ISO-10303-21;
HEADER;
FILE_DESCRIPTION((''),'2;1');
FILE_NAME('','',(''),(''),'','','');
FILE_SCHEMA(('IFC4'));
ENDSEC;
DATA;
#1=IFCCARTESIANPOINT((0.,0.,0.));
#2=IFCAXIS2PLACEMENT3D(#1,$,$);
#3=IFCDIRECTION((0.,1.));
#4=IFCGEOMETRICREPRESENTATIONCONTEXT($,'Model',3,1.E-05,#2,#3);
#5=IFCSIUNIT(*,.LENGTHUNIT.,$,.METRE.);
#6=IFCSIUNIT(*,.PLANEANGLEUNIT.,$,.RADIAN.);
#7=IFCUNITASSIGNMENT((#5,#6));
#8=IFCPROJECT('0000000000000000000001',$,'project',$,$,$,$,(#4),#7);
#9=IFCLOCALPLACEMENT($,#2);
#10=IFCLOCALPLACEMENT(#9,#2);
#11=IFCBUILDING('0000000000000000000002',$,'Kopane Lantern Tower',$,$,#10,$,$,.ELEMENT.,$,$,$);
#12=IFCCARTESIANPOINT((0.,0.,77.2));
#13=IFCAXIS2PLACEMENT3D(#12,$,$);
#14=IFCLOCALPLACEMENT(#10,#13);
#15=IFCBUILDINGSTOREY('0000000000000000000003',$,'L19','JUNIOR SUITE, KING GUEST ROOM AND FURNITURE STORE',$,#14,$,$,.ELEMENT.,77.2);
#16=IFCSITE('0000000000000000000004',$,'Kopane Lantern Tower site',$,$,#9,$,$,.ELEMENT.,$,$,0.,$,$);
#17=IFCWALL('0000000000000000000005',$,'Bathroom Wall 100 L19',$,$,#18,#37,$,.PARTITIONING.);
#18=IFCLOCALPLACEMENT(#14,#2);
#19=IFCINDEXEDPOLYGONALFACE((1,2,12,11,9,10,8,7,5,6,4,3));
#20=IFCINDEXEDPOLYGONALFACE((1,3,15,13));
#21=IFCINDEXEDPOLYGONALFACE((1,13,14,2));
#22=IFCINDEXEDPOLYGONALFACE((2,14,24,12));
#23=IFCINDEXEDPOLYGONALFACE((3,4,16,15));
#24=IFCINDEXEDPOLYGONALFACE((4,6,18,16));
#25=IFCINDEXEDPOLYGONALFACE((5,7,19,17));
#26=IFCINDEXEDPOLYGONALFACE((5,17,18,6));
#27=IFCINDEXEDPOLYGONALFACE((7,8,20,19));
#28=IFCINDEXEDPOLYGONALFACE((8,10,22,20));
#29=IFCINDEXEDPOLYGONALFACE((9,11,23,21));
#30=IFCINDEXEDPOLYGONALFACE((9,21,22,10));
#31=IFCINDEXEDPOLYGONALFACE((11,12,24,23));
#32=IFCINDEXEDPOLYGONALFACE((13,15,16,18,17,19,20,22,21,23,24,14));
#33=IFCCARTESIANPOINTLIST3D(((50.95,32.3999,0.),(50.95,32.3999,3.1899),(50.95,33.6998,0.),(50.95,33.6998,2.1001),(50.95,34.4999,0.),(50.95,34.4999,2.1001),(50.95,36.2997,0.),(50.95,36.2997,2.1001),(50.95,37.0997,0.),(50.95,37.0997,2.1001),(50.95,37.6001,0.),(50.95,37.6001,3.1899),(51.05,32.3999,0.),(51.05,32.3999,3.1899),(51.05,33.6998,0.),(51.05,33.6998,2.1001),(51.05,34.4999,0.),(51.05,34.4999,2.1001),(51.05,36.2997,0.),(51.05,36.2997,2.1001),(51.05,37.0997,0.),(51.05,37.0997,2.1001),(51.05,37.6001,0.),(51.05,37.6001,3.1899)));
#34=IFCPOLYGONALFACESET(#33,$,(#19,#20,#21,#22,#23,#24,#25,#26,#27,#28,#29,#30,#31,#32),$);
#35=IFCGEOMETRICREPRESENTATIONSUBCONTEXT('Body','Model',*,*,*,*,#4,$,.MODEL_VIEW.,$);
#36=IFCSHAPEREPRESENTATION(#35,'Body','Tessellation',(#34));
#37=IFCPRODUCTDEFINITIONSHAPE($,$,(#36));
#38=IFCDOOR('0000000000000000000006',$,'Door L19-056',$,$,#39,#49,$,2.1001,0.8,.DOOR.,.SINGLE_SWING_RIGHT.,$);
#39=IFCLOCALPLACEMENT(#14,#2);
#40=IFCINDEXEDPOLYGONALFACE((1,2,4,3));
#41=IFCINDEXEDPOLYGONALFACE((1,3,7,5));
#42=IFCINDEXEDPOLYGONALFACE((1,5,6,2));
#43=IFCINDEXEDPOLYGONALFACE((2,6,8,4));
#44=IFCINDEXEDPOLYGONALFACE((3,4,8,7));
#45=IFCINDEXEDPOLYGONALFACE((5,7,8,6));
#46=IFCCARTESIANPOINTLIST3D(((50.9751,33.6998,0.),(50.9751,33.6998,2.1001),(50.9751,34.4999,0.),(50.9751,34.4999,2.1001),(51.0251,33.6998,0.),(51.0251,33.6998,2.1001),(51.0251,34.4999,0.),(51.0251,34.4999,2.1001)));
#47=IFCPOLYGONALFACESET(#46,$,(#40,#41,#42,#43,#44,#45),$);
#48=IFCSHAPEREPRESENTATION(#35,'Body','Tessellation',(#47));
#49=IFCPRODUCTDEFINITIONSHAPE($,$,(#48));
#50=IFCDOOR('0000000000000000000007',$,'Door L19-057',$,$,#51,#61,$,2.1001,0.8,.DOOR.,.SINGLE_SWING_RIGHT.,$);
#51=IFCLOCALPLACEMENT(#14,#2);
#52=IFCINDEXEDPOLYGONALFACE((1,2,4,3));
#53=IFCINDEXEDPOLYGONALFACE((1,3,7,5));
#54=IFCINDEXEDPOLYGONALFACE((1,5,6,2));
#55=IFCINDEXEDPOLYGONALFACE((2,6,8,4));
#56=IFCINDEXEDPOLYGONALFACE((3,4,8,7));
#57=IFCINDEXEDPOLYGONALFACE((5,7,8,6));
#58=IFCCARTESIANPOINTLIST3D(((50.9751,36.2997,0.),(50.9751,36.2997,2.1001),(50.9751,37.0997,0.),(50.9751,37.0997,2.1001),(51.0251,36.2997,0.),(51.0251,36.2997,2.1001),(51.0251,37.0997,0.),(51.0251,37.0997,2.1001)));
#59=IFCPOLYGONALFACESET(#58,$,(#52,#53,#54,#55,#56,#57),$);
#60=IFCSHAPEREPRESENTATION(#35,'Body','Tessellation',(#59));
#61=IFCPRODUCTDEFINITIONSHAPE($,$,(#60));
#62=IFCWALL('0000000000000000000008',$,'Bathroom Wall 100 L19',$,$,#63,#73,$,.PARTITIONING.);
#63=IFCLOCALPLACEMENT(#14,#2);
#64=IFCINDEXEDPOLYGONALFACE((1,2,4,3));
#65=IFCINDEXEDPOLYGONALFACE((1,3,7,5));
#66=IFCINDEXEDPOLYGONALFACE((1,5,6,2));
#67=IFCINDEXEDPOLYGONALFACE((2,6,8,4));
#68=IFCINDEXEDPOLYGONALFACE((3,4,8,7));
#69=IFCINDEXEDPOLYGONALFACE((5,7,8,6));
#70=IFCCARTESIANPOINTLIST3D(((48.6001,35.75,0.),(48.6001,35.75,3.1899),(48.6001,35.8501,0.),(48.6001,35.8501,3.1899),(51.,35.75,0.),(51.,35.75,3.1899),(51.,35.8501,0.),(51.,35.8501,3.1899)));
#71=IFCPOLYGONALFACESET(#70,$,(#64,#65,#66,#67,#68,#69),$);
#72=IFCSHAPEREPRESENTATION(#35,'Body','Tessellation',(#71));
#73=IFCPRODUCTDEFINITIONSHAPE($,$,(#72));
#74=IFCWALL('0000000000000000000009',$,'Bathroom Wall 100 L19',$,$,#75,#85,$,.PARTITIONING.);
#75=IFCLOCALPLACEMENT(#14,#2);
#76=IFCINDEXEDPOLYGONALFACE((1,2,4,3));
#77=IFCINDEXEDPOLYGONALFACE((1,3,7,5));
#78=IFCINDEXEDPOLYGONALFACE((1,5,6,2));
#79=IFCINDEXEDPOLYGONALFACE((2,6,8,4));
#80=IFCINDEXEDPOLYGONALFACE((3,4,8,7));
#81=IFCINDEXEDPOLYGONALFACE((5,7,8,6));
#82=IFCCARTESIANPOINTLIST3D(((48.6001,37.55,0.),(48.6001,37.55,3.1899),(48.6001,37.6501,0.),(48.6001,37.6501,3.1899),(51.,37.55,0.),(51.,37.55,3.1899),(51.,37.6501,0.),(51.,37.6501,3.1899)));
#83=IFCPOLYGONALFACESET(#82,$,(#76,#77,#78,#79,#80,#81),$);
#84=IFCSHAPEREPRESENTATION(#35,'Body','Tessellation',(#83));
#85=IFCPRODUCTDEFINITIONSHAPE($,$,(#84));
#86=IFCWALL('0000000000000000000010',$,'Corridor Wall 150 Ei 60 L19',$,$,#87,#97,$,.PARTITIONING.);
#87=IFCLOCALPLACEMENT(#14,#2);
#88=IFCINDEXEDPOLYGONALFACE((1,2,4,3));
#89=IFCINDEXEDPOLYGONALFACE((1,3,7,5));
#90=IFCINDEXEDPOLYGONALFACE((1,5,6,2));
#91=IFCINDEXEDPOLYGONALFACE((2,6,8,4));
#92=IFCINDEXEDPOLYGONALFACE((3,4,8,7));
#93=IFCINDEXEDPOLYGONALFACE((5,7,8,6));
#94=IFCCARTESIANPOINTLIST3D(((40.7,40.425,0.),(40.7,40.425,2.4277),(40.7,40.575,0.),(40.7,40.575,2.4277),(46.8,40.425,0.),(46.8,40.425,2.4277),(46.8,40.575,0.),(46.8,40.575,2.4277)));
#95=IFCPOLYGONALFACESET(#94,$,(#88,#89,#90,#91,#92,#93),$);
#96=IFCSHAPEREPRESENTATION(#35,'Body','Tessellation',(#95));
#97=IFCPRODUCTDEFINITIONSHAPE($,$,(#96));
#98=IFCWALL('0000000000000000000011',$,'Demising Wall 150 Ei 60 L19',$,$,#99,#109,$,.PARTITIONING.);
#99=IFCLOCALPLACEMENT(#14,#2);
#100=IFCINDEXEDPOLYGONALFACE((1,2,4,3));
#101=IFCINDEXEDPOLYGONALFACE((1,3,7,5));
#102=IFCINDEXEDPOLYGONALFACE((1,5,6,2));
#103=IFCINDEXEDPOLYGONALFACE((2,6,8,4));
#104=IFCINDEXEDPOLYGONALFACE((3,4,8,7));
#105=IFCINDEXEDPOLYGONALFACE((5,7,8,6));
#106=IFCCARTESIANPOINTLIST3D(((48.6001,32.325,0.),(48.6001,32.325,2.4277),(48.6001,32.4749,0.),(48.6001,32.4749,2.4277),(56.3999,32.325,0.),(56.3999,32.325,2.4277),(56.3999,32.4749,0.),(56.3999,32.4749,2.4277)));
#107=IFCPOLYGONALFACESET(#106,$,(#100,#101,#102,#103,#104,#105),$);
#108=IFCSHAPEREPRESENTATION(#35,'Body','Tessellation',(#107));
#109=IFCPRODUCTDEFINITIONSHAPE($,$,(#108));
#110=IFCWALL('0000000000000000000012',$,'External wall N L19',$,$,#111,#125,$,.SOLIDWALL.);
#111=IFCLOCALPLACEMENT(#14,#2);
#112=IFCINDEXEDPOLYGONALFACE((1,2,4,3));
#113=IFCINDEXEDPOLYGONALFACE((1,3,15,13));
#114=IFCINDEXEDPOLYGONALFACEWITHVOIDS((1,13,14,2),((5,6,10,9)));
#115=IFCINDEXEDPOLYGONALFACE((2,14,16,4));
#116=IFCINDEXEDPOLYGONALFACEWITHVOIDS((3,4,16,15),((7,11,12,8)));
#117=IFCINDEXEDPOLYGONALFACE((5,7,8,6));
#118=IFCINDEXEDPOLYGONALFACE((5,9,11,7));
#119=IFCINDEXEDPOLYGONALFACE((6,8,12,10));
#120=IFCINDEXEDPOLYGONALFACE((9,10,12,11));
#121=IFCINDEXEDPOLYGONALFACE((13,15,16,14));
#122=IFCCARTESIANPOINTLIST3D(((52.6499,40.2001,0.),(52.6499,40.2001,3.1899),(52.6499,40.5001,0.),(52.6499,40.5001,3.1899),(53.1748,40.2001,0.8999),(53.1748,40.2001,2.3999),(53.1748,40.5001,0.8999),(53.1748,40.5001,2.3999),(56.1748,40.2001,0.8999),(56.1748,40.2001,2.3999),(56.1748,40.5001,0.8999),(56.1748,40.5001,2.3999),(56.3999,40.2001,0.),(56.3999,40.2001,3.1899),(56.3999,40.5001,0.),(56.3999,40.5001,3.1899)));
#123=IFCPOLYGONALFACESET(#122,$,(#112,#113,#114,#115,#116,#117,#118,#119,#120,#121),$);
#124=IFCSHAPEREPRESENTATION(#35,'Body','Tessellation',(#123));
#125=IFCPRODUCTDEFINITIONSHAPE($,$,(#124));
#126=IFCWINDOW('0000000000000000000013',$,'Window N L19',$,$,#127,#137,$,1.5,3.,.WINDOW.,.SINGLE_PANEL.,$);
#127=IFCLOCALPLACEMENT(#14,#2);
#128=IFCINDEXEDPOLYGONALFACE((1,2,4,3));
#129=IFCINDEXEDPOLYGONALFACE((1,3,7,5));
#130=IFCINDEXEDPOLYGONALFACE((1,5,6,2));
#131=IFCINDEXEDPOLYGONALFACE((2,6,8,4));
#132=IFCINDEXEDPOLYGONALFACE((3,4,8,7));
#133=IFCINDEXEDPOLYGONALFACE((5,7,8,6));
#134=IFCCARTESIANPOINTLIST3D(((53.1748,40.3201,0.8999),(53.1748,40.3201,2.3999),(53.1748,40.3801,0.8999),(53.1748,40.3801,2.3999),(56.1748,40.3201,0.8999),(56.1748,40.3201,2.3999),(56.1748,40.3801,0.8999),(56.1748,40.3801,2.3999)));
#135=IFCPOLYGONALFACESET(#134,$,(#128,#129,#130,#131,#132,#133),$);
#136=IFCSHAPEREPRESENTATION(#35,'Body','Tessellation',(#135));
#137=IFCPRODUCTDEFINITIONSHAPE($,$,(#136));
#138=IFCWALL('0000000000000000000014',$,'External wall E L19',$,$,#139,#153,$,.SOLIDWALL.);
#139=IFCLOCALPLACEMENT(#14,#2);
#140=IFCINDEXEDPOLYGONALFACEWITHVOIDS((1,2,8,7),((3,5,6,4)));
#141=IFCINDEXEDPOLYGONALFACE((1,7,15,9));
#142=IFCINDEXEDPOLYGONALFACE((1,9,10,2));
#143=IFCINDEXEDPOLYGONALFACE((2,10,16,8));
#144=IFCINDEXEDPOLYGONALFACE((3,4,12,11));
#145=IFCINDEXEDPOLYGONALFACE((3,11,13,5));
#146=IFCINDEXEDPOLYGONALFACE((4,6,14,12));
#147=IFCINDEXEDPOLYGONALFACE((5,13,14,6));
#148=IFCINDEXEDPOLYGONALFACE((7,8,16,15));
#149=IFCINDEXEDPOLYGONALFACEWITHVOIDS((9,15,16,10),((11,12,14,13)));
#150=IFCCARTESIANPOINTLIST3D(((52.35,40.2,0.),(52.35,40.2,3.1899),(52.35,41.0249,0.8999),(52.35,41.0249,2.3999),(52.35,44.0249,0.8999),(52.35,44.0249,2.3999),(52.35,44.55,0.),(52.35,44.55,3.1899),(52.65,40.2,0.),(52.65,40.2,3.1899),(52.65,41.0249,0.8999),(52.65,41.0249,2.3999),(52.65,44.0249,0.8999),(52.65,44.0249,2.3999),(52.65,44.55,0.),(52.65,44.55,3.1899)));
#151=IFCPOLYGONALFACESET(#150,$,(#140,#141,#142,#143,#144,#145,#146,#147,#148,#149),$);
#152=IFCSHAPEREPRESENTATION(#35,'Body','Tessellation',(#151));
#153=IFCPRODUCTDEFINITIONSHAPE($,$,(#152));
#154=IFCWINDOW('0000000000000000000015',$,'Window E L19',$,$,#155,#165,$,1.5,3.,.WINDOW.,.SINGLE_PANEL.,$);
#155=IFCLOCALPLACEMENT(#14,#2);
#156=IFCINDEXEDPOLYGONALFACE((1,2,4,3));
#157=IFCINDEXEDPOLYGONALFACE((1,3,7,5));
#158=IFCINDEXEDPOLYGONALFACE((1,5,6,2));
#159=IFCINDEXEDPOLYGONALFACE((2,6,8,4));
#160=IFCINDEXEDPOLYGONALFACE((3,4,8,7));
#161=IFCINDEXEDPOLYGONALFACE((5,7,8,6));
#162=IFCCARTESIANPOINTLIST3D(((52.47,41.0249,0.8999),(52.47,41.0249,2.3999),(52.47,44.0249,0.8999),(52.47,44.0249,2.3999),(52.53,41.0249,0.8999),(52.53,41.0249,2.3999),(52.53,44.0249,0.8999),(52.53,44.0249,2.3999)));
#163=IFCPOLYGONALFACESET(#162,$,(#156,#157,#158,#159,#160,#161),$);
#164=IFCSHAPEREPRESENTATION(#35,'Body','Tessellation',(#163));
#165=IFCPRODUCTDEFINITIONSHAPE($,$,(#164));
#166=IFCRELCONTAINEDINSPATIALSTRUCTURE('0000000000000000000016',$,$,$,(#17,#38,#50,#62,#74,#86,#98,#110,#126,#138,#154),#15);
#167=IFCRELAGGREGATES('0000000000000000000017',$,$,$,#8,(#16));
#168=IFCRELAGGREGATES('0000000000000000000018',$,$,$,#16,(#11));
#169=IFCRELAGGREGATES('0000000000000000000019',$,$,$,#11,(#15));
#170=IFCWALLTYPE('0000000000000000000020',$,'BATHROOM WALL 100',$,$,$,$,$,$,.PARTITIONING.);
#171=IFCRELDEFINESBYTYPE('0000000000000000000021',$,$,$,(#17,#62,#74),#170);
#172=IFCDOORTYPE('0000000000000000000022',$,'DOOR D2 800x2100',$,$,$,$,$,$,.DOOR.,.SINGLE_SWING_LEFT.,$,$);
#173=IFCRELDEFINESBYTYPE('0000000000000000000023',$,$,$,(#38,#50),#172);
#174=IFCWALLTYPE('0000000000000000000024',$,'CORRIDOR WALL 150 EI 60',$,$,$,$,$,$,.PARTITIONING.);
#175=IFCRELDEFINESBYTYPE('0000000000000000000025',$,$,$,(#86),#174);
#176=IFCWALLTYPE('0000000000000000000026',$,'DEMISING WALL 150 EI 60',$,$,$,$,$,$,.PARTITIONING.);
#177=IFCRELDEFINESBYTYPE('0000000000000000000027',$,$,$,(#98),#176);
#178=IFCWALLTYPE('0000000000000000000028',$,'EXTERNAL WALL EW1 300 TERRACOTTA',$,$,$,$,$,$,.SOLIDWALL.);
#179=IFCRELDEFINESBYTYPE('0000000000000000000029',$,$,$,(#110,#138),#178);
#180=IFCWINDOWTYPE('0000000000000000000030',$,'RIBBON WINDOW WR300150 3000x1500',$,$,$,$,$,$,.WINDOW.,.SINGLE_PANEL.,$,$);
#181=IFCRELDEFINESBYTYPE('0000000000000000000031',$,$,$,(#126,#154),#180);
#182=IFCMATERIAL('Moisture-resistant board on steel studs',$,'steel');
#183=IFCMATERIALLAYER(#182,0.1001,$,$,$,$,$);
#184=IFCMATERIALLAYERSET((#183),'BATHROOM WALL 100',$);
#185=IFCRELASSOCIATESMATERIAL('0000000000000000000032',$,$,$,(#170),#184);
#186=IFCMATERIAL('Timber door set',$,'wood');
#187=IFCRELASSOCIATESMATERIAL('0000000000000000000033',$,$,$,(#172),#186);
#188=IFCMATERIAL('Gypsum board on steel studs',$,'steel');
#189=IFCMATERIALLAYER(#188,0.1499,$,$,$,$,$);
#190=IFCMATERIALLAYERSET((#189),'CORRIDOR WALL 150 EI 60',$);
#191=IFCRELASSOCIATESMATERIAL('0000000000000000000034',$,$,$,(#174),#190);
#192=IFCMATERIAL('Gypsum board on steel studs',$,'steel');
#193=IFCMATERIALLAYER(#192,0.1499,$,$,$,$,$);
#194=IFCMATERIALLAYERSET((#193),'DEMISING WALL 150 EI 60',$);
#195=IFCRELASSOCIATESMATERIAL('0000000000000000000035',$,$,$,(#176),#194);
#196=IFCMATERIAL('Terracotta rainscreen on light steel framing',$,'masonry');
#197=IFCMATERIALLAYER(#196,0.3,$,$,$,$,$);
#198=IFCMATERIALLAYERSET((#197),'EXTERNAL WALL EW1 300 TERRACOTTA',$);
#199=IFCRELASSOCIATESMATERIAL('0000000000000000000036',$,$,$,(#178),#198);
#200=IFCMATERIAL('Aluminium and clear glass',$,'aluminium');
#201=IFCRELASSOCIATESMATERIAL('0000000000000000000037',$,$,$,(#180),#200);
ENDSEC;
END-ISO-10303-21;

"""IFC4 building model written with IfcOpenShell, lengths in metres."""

from ifc_helpers import new_model, si_unit, direction, frame, frame_2d, origin, place, context, subcontext, project, spatial, rectangle, extrude, material, layer, layer_set, type_object, element, fill, save


model = new_model("IFC4")

# Units and contexts
model_context = context("Model", 3, precision=1e-05, world=origin(), true_north=direction((0.0, 1.0)))
body_context = subcontext(model_context, "Body", "Model", "MODEL_VIEW")
ifc_project = project(units=[si_unit("LENGTHUNIT", "METRE"), si_unit("PLANEANGLEUNIT", "RADIAN")], contexts=[model_context])

# Site, building, storey
site_placement = place(None, origin())
site = spatial("IfcSite", under=ifc_project, at=site_placement, Name="Kopane Lantern Tower site", CompositionType="ELEMENT", RefElevation=0.0)
building_placement = place(site_placement, origin())
building = spatial("IfcBuilding", under=site, at=building_placement, Name="Kopane Lantern Tower", CompositionType="ELEMENT")
storey_placement = place(building_placement, frame((0.0, 0.0, 77.2)))
storey = spatial("IfcBuildingStorey", under=building, at=storey_placement, Name="L19", Description="JUNIOR SUITE, KING GUEST ROOM AND FURNITURE STORE", CompositionType="ELEMENT", Elevation=77.2)

# Shared definitions
ifc_material_1 = material(Name="Moisture-resistant board on steel studs", Category="steel")
ifc_layer_1 = layer(ifc_material_1, 0.1001)
ifc_layer_set_1 = layer_set([ifc_layer_1], Name="BATHROOM WALL 100")
wall_type_1 = type_object("IfcWallType", Name="BATHROOM WALL 100", PredefinedType="PARTITIONING", material=ifc_layer_set_1)

# Wall, openings, doors
wall_1_placement = place(storey_placement, frame((51.0, 32.3999, 0.0), z_axis=(0.0, 0.0, 1.0), x_axis=(0.0, 1.0, 0.0)))
wall_1 = element("IfcWall", 1, at=wall_1_placement, inside=storey, type_object=wall_type_1, Name="Bathroom Wall 100 L19", PredefinedType="PARTITIONING", context=body_context, shape_type="SweptSolid", body=[
    extrude(rectangle(XDim=5.2002, YDim=0.1001, at=frame_2d((2.6001, 0.0))), origin(), (0.0, 0.0, 1.0), 3.1899),
])
opening_1_placement = place(wall_1_placement, frame((1.3, 0.0, 0.0)))
opening_1 = element("IfcOpeningElement", 2, at=opening_1_placement, cuts=wall_1, PredefinedType="OPENING", context=body_context, shape_type="SweptSolid", body=[
    extrude(rectangle(XDim=0.8, YDim=2.1001, at=frame_2d((0.3999, 1.05))), frame((0.0, 0.0601, 0.0), z_axis=(0.0, -1.0, 0.0), x_axis=(1.0, 0.0, 0.0)), (0.0, 0.0, 1.0), 0.1201),
])
opening_2_placement = place(wall_1_placement, frame((3.8999, 0.0, 0.0)))
opening_2 = element("IfcOpeningElement", 3, at=opening_2_placement, cuts=wall_1, PredefinedType="OPENING", context=body_context, shape_type="SweptSolid", body=[
    extrude(rectangle(XDim=0.8, YDim=2.1001, at=frame_2d((0.3999, 1.05))), frame((0.0, 0.0601, 0.0), z_axis=(0.0, -1.0, 0.0), x_axis=(1.0, 0.0, 0.0)), (0.0, 0.0, 1.0), 0.1201),
])
ifc_material_2 = material(Name="Timber door set", Category="wood")
door_type = type_object("IfcDoorType", Name="DOOR D2 800x2100", OperationType="SINGLE_SWING_LEFT", PredefinedType="DOOR", material=ifc_material_2)
door_1_placement = place(opening_1_placement, origin())
door_1 = element("IfcDoor", 4, at=door_1_placement, inside=storey, type_object=door_type, Name="Door L19-056", OperationType="SINGLE_SWING_RIGHT", OverallHeight=2.1001, OverallWidth=0.8, PredefinedType="DOOR", context=body_context, shape_type="SweptSolid", body=[
    extrude(rectangle(XDim=0.8, YDim=2.1001, at=frame_2d((0.3999, 1.05))), frame((0.0, 0.0249, 0.0), z_axis=(0.0, -1.0, 0.0), x_axis=(1.0, 0.0, 0.0)), (0.0, 0.0, 1.0), 0.05),
])
fill(opening_1, door_1)
door_2_placement = place(opening_2_placement, origin())
door_2 = element("IfcDoor", 5, at=door_2_placement, inside=storey, type_object=door_type, Name="Door L19-057", OperationType="SINGLE_SWING_RIGHT", OverallHeight=2.1001, OverallWidth=0.8, PredefinedType="DOOR", context=body_context, shape_type="SweptSolid", body=[
    extrude(rectangle(XDim=0.8, YDim=2.1001, at=frame_2d((0.3999, 1.05))), frame((0.0, 0.0249, 0.0), z_axis=(0.0, -1.0, 0.0), x_axis=(1.0, 0.0, 0.0)), (0.0, 0.0, 1.0), 0.05),
])
fill(opening_2, door_2)

# Walls
for number, where, z_axis, x_axis, name in (
    (6, (48.6001, 35.8, 0.0), (0.0, 0.0, 1.0), (1.0, 0.0, 0.0), "Bathroom Wall 100 L19"),
    (7, (48.6001, 37.6001, 0.0), (0.0, 0.0, 1.0), (1.0, 0.0, 0.0), "Bathroom Wall 100 L19"),
):
    element("IfcWall", number, at=place(storey_placement, frame(where, z_axis=z_axis, x_axis=x_axis)), inside=storey, type_object=wall_type_1, Name=name, PredefinedType="PARTITIONING", context=body_context, shape_type="SweptSolid", body=[
        extrude(rectangle(XDim=2.3999, YDim=0.1001, at=frame_2d((1.2, 0.0))), origin(), (0.0, 0.0, 1.0), 3.1899),
    ])
ifc_material_3 = material(Name="Gypsum board on steel studs", Category="steel")
ifc_layer_2 = layer(ifc_material_3, 0.1499)
ifc_layer_set_2 = layer_set([ifc_layer_2], Name="CORRIDOR WALL 150 EI 60")
wall_type_2 = type_object("IfcWallType", Name="CORRIDOR WALL 150 EI 60", PredefinedType="PARTITIONING", material=ifc_layer_set_2)
wall_2_placement = place(storey_placement, frame((46.8, 40.5, 0.0), z_axis=(0.0, 0.0, 1.0), x_axis=(-1.0, 0.0, 0.0)))
element("IfcWall", 8, at=wall_2_placement, inside=storey, type_object=wall_type_2, Name="Corridor Wall 150 Ei 60 L19", PredefinedType="PARTITIONING", context=body_context, shape_type="SweptSolid", body=[
    extrude(rectangle(XDim=6.1001, YDim=0.1499, at=frame_2d((3.05, 0.0))), origin(), (0.0, 0.0, 1.0), 2.4277),
])
ifc_material_4 = material(Name="Gypsum board on steel studs", Category="steel")
ifc_layer_3 = layer(ifc_material_4, 0.1499)
ifc_layer_set_3 = layer_set([ifc_layer_3], Name="DEMISING WALL 150 EI 60")
wall_type_3 = type_object("IfcWallType", Name="DEMISING WALL 150 EI 60", PredefinedType="PARTITIONING", material=ifc_layer_set_3)
wall_3_placement = place(storey_placement, frame((48.6001, 32.3999, 0.0), z_axis=(0.0, 0.0, 1.0), x_axis=(1.0, 0.0, 0.0)))
element("IfcWall", 9, at=wall_3_placement, inside=storey, type_object=wall_type_3, Name="Demising Wall 150 Ei 60 L19", PredefinedType="PARTITIONING", context=body_context, shape_type="SweptSolid", body=[
    extrude(rectangle(XDim=7.7998, YDim=0.1499, at=frame_2d((3.8999, 0.0))), origin(), (0.0, 0.0, 1.0), 2.4277),
])

# Walls, openings, windows
ifc_material_5 = material(Name="Terracotta rainscreen on light steel framing", Category="masonry")
ifc_layer_4 = layer(ifc_material_5, 0.3)
ifc_layer_set_4 = layer_set([ifc_layer_4], Name="EXTERNAL WALL EW1 300 TERRACOTTA")
wall_type_4 = type_object("IfcWallType", Name="EXTERNAL WALL EW1 300 TERRACOTTA", PredefinedType="SOLIDWALL", material=ifc_layer_set_4)
wall_4_placement = place(storey_placement, frame((56.3999, 40.3501, 0.0), z_axis=(0.0, 0.0, 1.0), x_axis=(-1.0, 0.0, 0.0)))
wall_4 = element("IfcWall", 10, at=wall_4_placement, inside=storey, type_object=wall_type_4, Name="External wall N L19", PredefinedType="SOLIDWALL", context=body_context, shape_type="SweptSolid", body=[
    extrude(rectangle(XDim=3.75, YDim=0.3, at=frame_2d((1.875, 0.0))), origin(), (0.0, 0.0, 1.0), 3.1899),
])
opening_3_placement = place(wall_4_placement, frame((0.2251, 0.0, 0.8999)))
opening_3 = element("IfcOpeningElement", 11, at=opening_3_placement, cuts=wall_4, PredefinedType="OPENING", context=body_context, shape_type="SweptSolid", body=[
    extrude(rectangle(XDim=3.0, YDim=1.5, at=frame_2d((1.5, 0.75))), frame((0.0, 0.1599, 0.0), z_axis=(0.0, -1.0, 0.0), x_axis=(1.0, 0.0, 0.0)), (0.0, 0.0, 1.0), 0.3201),
])
ifc_material_6 = material(Name="Aluminium and clear glass", Category="aluminium")
window_type = type_object("IfcWindowType", Name="RIBBON WINDOW WR300150 3000x1500", PartitioningType="SINGLE_PANEL", PredefinedType="WINDOW", material=ifc_material_6)
window_1_placement = place(opening_3_placement, origin())
window_1 = element("IfcWindow", 12, at=window_1_placement, inside=storey, type_object=window_type, Name="Window N L19", OverallHeight=1.5, OverallWidth=3.0, PartitioningType="SINGLE_PANEL", PredefinedType="WINDOW", context=body_context, shape_type="SweptSolid", body=[
    extrude(rectangle(XDim=3.0, YDim=1.5, at=frame_2d((1.5, 0.75))), frame((0.0, 0.03, 0.0), z_axis=(0.0, -1.0, 0.0), x_axis=(1.0, 0.0, 0.0)), (0.0, 0.0, 1.0), 0.0601),
])
fill(opening_3, window_1)
wall_5_placement = place(storey_placement, frame((52.5, 40.2, 0.0), z_axis=(0.0, 0.0, 1.0), x_axis=(0.0, 1.0, 0.0)))
wall_5 = element("IfcWall", 13, at=wall_5_placement, inside=storey, type_object=wall_type_4, Name="External wall E L19", PredefinedType="SOLIDWALL", context=body_context, shape_type="SweptSolid", body=[
    extrude(rectangle(XDim=4.3501, YDim=0.3, at=frame_2d((2.175, 0.0))), origin(), (0.0, 0.0, 1.0), 3.1899),
])
opening_4_placement = place(wall_5_placement, frame((0.825, 0.0, 0.8999)))
opening_4 = element("IfcOpeningElement", 14, at=opening_4_placement, cuts=wall_5, PredefinedType="OPENING", context=body_context, shape_type="SweptSolid", body=[
    extrude(rectangle(XDim=3.0, YDim=1.5, at=frame_2d((1.5, 0.75))), frame((0.0, 0.1599, 0.0), z_axis=(0.0, -1.0, 0.0), x_axis=(1.0, 0.0, 0.0)), (0.0, 0.0, 1.0), 0.3201),
])
window_2_placement = place(opening_4_placement, origin())
window_2 = element("IfcWindow", 15, at=window_2_placement, inside=storey, type_object=window_type, Name="Window E L19", OverallHeight=1.5, OverallWidth=3.0, PartitioningType="SINGLE_PANEL", PredefinedType="WINDOW", context=body_context, shape_type="SweptSolid", body=[
    extrude(rectangle(XDim=3.0, YDim=1.5, at=frame_2d((1.5, 0.75))), frame((0.0, 0.03, 0.0), z_axis=(0.0, -1.0, 0.0), x_axis=(1.0, 0.0, 0.0)), (0.0, 0.0, 1.0), 0.0601),
])
fill(opening_4, window_2)

save(model, "model.ifc")
